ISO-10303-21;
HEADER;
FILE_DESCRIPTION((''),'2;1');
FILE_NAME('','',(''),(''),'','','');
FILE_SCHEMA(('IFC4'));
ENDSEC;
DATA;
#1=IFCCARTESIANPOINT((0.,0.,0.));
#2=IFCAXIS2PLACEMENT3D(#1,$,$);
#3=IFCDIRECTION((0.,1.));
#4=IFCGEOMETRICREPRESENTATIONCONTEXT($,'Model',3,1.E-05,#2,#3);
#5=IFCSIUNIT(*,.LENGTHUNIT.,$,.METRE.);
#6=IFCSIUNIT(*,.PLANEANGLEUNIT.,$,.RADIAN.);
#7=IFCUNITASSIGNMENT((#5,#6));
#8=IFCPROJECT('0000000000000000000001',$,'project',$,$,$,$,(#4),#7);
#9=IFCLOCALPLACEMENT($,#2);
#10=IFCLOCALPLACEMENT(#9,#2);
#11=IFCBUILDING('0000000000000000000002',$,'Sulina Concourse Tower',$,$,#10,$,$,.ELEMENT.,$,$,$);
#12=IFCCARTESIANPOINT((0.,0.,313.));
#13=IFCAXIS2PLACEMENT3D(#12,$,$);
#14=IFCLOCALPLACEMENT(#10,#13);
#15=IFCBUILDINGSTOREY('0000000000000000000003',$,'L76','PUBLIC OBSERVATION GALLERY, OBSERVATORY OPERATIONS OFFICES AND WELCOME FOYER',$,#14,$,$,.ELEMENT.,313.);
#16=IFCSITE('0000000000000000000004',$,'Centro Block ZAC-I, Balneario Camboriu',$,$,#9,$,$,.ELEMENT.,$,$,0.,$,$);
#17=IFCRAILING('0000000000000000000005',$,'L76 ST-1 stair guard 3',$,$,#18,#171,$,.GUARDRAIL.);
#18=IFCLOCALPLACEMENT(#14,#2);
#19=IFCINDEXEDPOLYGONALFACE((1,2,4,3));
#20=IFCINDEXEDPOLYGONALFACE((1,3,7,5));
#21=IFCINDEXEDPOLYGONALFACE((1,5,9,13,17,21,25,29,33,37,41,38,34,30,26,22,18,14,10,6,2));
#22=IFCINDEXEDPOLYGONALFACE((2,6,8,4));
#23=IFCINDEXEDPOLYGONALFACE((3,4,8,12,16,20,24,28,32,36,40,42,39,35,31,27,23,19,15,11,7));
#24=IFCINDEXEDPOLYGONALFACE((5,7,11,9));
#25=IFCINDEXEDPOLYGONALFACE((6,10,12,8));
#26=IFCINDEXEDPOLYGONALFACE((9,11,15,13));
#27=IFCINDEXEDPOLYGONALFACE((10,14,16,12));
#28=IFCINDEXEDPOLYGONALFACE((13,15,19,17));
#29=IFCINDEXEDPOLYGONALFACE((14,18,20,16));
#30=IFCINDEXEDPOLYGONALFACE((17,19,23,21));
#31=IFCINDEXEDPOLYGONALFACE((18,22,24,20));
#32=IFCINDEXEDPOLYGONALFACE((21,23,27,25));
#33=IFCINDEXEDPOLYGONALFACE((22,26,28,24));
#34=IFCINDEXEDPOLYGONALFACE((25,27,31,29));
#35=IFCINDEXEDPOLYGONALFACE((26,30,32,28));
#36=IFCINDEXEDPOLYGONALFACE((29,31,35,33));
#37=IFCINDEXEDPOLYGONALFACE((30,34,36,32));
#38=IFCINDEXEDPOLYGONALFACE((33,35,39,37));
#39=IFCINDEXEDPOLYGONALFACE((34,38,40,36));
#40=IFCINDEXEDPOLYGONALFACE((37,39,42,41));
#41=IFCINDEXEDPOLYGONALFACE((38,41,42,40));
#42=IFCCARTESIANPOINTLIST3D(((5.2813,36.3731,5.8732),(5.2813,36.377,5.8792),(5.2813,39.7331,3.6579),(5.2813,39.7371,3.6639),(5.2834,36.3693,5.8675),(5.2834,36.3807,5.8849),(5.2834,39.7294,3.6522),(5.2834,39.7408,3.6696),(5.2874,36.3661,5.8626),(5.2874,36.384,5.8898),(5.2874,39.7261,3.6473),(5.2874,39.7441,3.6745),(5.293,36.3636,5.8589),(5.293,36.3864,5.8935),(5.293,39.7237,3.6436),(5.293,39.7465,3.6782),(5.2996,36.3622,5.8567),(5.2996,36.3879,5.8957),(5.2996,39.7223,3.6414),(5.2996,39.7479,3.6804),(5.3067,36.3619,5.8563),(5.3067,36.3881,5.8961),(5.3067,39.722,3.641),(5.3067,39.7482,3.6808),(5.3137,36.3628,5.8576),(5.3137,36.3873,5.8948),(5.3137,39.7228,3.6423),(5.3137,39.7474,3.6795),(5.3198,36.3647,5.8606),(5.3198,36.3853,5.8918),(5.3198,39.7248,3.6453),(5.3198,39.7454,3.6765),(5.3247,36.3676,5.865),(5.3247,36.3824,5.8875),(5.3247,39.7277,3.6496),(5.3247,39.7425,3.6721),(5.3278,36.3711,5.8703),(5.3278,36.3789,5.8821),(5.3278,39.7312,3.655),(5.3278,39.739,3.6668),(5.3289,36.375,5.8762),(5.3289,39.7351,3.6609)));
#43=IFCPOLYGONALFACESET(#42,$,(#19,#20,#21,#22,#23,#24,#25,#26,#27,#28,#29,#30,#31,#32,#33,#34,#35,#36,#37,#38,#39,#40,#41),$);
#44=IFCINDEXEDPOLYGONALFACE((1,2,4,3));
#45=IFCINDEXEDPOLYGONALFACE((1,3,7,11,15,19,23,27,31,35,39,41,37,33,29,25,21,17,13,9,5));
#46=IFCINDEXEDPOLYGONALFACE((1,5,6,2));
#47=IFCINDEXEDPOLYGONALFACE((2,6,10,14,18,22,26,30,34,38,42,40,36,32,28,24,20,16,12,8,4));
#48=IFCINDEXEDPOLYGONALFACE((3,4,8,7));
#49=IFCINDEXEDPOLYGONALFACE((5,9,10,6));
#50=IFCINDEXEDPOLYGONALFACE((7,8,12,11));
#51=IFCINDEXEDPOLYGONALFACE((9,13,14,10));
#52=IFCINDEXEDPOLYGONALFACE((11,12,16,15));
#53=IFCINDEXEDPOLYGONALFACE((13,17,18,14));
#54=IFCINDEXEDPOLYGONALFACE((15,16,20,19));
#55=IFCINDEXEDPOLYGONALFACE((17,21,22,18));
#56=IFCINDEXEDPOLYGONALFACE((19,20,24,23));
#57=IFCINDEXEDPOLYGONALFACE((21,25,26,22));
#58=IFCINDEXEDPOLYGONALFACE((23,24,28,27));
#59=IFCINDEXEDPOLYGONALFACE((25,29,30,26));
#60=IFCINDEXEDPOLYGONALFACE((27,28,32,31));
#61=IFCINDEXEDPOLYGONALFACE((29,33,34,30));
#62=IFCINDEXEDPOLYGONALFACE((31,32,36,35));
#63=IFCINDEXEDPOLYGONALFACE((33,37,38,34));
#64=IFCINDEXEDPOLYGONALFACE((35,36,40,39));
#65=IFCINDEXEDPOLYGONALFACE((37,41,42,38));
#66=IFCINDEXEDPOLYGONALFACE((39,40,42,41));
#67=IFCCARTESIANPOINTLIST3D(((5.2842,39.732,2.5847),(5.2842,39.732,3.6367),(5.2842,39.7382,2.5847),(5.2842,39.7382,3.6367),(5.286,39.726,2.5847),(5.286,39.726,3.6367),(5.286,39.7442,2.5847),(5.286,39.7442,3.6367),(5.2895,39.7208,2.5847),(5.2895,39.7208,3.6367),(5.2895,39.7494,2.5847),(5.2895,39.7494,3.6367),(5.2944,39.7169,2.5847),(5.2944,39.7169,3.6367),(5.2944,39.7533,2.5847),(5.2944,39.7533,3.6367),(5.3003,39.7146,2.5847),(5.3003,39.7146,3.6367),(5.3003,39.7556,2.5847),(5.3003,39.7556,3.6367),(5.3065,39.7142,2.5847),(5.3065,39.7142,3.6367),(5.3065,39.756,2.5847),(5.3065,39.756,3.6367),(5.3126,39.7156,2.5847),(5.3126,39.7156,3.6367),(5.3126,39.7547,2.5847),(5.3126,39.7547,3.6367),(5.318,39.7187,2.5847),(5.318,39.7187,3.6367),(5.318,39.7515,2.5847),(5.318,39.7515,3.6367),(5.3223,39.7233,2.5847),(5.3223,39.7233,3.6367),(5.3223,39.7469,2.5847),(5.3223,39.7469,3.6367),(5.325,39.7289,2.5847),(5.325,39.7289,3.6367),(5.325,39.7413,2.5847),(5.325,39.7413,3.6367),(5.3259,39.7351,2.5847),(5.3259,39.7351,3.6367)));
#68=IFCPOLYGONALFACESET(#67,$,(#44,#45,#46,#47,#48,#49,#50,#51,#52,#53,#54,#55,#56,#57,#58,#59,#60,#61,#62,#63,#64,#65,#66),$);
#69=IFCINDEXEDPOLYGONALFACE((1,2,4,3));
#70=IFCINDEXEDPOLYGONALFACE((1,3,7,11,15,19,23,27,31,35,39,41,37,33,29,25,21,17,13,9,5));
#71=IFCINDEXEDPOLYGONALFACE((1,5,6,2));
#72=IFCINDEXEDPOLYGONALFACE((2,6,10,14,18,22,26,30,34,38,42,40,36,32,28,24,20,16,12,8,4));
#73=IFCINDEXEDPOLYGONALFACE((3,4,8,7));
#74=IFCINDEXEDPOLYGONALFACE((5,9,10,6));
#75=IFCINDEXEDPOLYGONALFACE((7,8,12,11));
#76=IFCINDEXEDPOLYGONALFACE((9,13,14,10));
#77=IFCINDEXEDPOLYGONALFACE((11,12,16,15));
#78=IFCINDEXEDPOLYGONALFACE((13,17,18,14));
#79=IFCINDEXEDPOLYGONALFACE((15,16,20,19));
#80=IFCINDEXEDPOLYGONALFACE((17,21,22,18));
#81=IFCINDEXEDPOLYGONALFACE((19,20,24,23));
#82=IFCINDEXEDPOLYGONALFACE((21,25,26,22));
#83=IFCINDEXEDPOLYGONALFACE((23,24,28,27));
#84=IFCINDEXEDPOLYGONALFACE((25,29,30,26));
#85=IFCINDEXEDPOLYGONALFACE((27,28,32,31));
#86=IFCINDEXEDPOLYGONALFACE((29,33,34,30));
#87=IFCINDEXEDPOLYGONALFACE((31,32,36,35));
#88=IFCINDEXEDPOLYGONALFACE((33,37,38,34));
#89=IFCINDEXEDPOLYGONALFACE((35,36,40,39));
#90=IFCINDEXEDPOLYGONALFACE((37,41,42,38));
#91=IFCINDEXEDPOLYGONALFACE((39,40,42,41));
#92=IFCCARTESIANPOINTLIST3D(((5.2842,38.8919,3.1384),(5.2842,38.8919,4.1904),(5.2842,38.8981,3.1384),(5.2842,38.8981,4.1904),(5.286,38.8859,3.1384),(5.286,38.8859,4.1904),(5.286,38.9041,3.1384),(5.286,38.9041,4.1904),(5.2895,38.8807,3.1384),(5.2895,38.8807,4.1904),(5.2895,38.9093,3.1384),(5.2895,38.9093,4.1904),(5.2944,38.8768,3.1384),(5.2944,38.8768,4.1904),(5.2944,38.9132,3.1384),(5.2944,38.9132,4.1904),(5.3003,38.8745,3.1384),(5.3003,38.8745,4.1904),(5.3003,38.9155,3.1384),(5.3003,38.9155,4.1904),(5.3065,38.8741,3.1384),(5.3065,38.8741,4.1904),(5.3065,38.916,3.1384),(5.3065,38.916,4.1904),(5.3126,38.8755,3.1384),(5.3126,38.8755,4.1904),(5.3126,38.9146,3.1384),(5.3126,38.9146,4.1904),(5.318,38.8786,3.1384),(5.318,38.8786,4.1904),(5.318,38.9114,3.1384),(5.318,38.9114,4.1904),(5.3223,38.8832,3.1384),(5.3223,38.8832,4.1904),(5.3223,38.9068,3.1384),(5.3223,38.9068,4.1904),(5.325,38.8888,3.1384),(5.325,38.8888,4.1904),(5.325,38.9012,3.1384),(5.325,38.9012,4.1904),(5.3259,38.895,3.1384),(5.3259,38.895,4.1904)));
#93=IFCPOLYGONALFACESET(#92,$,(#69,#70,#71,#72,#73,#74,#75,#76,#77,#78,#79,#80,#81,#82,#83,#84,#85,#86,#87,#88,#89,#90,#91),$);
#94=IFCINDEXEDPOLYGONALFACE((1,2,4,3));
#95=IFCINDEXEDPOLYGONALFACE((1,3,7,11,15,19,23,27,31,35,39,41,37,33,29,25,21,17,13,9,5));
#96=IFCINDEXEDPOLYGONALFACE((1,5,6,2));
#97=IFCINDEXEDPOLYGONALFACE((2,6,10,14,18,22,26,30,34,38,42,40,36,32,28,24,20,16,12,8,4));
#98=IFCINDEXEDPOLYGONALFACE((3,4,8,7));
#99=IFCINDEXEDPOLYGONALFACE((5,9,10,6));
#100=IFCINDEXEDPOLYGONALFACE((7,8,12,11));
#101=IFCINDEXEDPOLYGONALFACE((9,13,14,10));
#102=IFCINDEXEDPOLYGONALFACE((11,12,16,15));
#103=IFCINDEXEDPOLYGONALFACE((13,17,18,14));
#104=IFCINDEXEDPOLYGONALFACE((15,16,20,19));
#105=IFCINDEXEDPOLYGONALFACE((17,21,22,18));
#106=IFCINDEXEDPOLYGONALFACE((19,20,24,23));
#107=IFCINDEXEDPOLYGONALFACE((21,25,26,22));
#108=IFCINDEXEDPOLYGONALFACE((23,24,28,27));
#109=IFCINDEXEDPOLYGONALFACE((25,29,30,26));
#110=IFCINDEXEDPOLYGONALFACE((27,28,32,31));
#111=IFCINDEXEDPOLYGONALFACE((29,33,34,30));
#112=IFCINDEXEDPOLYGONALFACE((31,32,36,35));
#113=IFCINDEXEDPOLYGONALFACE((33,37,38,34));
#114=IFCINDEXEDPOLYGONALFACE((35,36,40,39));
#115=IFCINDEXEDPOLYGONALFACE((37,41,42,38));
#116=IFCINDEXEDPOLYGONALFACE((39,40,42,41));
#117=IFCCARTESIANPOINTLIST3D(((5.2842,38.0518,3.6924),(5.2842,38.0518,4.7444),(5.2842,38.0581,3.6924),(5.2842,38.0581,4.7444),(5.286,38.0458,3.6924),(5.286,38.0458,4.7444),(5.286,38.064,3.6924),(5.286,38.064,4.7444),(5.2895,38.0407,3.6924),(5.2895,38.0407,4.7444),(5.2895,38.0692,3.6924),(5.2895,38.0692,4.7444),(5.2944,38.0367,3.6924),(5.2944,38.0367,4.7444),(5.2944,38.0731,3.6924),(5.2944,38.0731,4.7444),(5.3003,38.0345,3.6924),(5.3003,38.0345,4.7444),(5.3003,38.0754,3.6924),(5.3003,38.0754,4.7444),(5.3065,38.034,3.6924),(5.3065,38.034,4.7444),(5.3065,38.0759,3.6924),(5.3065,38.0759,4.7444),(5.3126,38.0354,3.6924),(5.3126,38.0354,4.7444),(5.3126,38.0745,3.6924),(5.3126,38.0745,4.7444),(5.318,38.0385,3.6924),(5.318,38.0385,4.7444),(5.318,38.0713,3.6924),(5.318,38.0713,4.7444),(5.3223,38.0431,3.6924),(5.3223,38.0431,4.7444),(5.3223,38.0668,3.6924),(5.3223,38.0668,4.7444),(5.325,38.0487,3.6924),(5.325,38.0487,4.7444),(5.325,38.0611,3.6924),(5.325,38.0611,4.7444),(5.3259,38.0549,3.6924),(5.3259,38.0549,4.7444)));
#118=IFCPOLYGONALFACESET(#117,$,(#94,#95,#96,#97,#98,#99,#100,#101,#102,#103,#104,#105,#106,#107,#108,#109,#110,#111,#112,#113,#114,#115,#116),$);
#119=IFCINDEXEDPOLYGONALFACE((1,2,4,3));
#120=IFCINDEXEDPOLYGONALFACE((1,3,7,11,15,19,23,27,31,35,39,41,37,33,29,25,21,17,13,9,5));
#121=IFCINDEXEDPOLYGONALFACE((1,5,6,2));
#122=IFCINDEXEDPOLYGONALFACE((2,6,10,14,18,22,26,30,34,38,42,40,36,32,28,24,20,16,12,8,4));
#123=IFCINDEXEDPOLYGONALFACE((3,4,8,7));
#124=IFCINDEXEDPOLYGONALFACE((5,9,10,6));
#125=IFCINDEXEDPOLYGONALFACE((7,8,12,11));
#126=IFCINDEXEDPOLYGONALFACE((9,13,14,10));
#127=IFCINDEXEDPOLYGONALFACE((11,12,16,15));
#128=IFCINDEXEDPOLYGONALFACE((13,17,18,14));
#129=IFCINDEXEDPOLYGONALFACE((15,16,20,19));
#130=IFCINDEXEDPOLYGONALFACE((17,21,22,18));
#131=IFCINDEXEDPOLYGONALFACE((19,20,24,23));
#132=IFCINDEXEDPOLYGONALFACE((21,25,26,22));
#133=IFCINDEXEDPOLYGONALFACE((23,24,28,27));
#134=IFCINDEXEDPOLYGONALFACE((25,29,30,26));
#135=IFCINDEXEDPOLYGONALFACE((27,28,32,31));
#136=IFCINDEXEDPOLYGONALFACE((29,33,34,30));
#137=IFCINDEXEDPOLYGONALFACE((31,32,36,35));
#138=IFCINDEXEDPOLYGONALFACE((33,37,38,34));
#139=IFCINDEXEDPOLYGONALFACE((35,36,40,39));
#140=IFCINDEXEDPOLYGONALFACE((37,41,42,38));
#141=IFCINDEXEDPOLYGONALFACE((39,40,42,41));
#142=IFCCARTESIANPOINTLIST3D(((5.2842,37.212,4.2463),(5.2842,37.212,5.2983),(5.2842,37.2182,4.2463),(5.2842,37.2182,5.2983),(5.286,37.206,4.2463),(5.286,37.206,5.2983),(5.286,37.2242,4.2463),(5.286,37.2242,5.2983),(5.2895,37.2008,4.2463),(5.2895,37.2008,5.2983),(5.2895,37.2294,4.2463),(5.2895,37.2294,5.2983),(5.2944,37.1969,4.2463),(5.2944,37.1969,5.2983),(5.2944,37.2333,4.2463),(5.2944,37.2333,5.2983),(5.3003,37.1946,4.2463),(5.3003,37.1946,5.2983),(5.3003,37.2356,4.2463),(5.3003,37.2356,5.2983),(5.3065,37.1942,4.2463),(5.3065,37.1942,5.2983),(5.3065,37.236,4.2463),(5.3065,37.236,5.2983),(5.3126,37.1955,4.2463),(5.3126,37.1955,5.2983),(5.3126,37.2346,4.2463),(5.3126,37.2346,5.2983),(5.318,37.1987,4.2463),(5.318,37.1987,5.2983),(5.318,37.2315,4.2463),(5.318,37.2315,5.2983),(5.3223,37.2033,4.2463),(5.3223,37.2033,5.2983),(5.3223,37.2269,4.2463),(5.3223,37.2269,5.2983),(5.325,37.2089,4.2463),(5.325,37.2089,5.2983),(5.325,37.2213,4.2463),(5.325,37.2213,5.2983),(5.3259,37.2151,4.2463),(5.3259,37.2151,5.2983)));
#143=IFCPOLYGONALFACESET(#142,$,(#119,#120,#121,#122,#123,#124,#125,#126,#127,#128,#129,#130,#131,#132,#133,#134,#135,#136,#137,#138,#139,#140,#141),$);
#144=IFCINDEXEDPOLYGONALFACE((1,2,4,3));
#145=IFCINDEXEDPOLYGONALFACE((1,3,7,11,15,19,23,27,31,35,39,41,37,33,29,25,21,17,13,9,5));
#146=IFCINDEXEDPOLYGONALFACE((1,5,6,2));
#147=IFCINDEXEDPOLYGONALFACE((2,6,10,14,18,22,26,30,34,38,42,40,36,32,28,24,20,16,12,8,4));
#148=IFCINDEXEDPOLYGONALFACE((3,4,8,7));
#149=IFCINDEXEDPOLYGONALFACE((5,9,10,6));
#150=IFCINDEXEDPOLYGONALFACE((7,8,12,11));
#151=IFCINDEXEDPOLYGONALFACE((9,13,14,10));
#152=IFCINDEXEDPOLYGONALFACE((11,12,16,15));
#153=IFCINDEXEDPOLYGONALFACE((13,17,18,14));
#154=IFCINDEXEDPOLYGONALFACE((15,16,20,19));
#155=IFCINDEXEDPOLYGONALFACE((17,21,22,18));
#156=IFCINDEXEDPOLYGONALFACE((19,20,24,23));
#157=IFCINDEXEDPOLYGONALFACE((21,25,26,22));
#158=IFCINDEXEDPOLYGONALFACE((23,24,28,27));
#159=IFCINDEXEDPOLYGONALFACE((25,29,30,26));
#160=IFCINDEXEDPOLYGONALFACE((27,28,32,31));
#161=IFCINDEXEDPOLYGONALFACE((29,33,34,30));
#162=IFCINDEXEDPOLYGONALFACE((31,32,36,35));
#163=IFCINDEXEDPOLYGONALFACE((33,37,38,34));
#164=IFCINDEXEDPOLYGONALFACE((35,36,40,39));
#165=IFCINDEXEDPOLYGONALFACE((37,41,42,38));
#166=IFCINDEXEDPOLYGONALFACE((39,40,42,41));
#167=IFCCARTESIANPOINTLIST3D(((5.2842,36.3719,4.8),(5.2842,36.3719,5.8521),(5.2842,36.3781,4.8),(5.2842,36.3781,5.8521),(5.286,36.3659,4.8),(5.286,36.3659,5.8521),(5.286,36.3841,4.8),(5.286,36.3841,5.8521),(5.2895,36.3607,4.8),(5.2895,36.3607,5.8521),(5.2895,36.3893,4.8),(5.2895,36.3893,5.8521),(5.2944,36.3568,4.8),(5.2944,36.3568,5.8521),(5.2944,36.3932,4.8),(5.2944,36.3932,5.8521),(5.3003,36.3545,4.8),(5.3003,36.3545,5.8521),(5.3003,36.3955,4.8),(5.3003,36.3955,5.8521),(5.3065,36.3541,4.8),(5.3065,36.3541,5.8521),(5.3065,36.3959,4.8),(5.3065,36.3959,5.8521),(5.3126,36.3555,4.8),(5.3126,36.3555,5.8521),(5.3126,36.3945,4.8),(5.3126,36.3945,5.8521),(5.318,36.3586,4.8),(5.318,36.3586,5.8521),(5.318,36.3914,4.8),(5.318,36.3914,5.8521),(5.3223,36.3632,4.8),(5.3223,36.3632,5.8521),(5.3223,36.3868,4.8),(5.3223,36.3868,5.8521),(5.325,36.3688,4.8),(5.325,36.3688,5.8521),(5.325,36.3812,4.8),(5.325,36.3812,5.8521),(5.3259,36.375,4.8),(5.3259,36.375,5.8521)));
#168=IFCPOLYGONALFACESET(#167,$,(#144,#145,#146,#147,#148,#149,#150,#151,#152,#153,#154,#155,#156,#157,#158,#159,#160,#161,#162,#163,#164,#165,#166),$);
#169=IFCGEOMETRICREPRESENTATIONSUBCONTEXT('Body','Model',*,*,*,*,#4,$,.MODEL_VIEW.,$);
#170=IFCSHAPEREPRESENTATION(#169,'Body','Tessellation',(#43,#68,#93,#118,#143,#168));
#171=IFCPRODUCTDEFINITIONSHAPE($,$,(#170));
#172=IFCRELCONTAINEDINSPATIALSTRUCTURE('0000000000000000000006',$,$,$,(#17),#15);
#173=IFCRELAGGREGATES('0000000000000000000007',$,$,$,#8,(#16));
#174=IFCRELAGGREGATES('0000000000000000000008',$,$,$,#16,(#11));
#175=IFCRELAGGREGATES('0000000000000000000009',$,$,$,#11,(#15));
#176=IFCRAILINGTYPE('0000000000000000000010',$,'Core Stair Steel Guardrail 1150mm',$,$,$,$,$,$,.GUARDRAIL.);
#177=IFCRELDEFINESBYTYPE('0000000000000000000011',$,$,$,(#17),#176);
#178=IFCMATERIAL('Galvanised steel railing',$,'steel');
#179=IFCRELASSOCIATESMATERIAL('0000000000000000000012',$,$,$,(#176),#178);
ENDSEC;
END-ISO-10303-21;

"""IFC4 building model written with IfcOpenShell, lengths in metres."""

from ifc_helpers import new_model, si_unit, direction, frame, origin, origin_2d, place, context, subcontext, project, spatial, circle, extrude, material, type_object, element, save


model = new_model("IFC4")

# Units and contexts
model_context = context("Model", 3, precision=1e-05, world=origin(), true_north=direction((0.0, 1.0)))
body_context = subcontext(model_context, "Body", "Model", "MODEL_VIEW")
ifc_project = project(units=[si_unit("LENGTHUNIT", "METRE"), si_unit("PLANEANGLEUNIT", "RADIAN")], contexts=[model_context])

# Site, building, storey
site_placement = place(None, origin())
site = spatial("IfcSite", under=ifc_project, at=site_placement, Name="Centro Block ZAC-I, Balneario Camboriu", CompositionType="ELEMENT", RefElevation=0.0)
building_placement = place(site_placement, origin())
building = spatial("IfcBuilding", under=site, at=building_placement, Name="Sulina Concourse Tower", CompositionType="ELEMENT")
storey_placement = place(building_placement, frame((0.0, 0.0, 313.0)))
storey = spatial("IfcBuildingStorey", under=building, at=storey_placement, Name="L76", Description="PUBLIC OBSERVATION GALLERY, OBSERVATORY OPERATIONS OFFICES AND WELCOME FOYER", CompositionType="ELEMENT", Elevation=313.0)

# Railing
ifc_material_1 = material(Name="Galvanised steel railing", Category="steel")
railing_type_1 = type_object("IfcRailingType", Name="Core Stair Steel Guardrail 1150mm", PredefinedType="GUARDRAIL", material=ifc_material_1)
railing_1_placement = place(storey_placement, frame((5.3049, 39.7351, 2.5847)))
element("IfcRailing", 1, at=railing_1_placement, inside=storey, type_object=railing_type_1, Name="L76 ST-1 stair guard 3", PredefinedType="GUARDRAIL", context=body_context, shape_type="SweptSolid", body=[
    extrude(circle(Radius=0.0239, at=origin_2d()), frame((0.0, 0.0, 1.0762), z_axis=(0.0, -0.834876, 0.550437), x_axis=(1.0, 0.0, 0.0)), (0.0, 0.0, 1.0), 4.0247),
    extrude(circle(Radius=0.021, at=origin_2d()), origin(), (0.0, 0.0, 1.0), 1.052),
    extrude(circle(Radius=0.021, at=origin_2d()), frame((0.0, -0.8401, 0.5537)), (0.0, 0.0, 1.0), 1.052),
    extrude(circle(Radius=0.021, at=origin_2d()), frame((0.0, -1.6802, 1.1077)), (0.0, 0.0, 1.0), 1.052),
    extrude(circle(Radius=0.021, at=origin_2d()), frame((0.0, -2.52, 1.6616)), (0.0, 0.0, 1.0), 1.052),
    extrude(circle(Radius=0.021, at=origin_2d()), frame((0.0, -3.3601, 2.2153)), (0.0, 0.0, 1.0), 1.052),
])

save(model, "model.ifc")
